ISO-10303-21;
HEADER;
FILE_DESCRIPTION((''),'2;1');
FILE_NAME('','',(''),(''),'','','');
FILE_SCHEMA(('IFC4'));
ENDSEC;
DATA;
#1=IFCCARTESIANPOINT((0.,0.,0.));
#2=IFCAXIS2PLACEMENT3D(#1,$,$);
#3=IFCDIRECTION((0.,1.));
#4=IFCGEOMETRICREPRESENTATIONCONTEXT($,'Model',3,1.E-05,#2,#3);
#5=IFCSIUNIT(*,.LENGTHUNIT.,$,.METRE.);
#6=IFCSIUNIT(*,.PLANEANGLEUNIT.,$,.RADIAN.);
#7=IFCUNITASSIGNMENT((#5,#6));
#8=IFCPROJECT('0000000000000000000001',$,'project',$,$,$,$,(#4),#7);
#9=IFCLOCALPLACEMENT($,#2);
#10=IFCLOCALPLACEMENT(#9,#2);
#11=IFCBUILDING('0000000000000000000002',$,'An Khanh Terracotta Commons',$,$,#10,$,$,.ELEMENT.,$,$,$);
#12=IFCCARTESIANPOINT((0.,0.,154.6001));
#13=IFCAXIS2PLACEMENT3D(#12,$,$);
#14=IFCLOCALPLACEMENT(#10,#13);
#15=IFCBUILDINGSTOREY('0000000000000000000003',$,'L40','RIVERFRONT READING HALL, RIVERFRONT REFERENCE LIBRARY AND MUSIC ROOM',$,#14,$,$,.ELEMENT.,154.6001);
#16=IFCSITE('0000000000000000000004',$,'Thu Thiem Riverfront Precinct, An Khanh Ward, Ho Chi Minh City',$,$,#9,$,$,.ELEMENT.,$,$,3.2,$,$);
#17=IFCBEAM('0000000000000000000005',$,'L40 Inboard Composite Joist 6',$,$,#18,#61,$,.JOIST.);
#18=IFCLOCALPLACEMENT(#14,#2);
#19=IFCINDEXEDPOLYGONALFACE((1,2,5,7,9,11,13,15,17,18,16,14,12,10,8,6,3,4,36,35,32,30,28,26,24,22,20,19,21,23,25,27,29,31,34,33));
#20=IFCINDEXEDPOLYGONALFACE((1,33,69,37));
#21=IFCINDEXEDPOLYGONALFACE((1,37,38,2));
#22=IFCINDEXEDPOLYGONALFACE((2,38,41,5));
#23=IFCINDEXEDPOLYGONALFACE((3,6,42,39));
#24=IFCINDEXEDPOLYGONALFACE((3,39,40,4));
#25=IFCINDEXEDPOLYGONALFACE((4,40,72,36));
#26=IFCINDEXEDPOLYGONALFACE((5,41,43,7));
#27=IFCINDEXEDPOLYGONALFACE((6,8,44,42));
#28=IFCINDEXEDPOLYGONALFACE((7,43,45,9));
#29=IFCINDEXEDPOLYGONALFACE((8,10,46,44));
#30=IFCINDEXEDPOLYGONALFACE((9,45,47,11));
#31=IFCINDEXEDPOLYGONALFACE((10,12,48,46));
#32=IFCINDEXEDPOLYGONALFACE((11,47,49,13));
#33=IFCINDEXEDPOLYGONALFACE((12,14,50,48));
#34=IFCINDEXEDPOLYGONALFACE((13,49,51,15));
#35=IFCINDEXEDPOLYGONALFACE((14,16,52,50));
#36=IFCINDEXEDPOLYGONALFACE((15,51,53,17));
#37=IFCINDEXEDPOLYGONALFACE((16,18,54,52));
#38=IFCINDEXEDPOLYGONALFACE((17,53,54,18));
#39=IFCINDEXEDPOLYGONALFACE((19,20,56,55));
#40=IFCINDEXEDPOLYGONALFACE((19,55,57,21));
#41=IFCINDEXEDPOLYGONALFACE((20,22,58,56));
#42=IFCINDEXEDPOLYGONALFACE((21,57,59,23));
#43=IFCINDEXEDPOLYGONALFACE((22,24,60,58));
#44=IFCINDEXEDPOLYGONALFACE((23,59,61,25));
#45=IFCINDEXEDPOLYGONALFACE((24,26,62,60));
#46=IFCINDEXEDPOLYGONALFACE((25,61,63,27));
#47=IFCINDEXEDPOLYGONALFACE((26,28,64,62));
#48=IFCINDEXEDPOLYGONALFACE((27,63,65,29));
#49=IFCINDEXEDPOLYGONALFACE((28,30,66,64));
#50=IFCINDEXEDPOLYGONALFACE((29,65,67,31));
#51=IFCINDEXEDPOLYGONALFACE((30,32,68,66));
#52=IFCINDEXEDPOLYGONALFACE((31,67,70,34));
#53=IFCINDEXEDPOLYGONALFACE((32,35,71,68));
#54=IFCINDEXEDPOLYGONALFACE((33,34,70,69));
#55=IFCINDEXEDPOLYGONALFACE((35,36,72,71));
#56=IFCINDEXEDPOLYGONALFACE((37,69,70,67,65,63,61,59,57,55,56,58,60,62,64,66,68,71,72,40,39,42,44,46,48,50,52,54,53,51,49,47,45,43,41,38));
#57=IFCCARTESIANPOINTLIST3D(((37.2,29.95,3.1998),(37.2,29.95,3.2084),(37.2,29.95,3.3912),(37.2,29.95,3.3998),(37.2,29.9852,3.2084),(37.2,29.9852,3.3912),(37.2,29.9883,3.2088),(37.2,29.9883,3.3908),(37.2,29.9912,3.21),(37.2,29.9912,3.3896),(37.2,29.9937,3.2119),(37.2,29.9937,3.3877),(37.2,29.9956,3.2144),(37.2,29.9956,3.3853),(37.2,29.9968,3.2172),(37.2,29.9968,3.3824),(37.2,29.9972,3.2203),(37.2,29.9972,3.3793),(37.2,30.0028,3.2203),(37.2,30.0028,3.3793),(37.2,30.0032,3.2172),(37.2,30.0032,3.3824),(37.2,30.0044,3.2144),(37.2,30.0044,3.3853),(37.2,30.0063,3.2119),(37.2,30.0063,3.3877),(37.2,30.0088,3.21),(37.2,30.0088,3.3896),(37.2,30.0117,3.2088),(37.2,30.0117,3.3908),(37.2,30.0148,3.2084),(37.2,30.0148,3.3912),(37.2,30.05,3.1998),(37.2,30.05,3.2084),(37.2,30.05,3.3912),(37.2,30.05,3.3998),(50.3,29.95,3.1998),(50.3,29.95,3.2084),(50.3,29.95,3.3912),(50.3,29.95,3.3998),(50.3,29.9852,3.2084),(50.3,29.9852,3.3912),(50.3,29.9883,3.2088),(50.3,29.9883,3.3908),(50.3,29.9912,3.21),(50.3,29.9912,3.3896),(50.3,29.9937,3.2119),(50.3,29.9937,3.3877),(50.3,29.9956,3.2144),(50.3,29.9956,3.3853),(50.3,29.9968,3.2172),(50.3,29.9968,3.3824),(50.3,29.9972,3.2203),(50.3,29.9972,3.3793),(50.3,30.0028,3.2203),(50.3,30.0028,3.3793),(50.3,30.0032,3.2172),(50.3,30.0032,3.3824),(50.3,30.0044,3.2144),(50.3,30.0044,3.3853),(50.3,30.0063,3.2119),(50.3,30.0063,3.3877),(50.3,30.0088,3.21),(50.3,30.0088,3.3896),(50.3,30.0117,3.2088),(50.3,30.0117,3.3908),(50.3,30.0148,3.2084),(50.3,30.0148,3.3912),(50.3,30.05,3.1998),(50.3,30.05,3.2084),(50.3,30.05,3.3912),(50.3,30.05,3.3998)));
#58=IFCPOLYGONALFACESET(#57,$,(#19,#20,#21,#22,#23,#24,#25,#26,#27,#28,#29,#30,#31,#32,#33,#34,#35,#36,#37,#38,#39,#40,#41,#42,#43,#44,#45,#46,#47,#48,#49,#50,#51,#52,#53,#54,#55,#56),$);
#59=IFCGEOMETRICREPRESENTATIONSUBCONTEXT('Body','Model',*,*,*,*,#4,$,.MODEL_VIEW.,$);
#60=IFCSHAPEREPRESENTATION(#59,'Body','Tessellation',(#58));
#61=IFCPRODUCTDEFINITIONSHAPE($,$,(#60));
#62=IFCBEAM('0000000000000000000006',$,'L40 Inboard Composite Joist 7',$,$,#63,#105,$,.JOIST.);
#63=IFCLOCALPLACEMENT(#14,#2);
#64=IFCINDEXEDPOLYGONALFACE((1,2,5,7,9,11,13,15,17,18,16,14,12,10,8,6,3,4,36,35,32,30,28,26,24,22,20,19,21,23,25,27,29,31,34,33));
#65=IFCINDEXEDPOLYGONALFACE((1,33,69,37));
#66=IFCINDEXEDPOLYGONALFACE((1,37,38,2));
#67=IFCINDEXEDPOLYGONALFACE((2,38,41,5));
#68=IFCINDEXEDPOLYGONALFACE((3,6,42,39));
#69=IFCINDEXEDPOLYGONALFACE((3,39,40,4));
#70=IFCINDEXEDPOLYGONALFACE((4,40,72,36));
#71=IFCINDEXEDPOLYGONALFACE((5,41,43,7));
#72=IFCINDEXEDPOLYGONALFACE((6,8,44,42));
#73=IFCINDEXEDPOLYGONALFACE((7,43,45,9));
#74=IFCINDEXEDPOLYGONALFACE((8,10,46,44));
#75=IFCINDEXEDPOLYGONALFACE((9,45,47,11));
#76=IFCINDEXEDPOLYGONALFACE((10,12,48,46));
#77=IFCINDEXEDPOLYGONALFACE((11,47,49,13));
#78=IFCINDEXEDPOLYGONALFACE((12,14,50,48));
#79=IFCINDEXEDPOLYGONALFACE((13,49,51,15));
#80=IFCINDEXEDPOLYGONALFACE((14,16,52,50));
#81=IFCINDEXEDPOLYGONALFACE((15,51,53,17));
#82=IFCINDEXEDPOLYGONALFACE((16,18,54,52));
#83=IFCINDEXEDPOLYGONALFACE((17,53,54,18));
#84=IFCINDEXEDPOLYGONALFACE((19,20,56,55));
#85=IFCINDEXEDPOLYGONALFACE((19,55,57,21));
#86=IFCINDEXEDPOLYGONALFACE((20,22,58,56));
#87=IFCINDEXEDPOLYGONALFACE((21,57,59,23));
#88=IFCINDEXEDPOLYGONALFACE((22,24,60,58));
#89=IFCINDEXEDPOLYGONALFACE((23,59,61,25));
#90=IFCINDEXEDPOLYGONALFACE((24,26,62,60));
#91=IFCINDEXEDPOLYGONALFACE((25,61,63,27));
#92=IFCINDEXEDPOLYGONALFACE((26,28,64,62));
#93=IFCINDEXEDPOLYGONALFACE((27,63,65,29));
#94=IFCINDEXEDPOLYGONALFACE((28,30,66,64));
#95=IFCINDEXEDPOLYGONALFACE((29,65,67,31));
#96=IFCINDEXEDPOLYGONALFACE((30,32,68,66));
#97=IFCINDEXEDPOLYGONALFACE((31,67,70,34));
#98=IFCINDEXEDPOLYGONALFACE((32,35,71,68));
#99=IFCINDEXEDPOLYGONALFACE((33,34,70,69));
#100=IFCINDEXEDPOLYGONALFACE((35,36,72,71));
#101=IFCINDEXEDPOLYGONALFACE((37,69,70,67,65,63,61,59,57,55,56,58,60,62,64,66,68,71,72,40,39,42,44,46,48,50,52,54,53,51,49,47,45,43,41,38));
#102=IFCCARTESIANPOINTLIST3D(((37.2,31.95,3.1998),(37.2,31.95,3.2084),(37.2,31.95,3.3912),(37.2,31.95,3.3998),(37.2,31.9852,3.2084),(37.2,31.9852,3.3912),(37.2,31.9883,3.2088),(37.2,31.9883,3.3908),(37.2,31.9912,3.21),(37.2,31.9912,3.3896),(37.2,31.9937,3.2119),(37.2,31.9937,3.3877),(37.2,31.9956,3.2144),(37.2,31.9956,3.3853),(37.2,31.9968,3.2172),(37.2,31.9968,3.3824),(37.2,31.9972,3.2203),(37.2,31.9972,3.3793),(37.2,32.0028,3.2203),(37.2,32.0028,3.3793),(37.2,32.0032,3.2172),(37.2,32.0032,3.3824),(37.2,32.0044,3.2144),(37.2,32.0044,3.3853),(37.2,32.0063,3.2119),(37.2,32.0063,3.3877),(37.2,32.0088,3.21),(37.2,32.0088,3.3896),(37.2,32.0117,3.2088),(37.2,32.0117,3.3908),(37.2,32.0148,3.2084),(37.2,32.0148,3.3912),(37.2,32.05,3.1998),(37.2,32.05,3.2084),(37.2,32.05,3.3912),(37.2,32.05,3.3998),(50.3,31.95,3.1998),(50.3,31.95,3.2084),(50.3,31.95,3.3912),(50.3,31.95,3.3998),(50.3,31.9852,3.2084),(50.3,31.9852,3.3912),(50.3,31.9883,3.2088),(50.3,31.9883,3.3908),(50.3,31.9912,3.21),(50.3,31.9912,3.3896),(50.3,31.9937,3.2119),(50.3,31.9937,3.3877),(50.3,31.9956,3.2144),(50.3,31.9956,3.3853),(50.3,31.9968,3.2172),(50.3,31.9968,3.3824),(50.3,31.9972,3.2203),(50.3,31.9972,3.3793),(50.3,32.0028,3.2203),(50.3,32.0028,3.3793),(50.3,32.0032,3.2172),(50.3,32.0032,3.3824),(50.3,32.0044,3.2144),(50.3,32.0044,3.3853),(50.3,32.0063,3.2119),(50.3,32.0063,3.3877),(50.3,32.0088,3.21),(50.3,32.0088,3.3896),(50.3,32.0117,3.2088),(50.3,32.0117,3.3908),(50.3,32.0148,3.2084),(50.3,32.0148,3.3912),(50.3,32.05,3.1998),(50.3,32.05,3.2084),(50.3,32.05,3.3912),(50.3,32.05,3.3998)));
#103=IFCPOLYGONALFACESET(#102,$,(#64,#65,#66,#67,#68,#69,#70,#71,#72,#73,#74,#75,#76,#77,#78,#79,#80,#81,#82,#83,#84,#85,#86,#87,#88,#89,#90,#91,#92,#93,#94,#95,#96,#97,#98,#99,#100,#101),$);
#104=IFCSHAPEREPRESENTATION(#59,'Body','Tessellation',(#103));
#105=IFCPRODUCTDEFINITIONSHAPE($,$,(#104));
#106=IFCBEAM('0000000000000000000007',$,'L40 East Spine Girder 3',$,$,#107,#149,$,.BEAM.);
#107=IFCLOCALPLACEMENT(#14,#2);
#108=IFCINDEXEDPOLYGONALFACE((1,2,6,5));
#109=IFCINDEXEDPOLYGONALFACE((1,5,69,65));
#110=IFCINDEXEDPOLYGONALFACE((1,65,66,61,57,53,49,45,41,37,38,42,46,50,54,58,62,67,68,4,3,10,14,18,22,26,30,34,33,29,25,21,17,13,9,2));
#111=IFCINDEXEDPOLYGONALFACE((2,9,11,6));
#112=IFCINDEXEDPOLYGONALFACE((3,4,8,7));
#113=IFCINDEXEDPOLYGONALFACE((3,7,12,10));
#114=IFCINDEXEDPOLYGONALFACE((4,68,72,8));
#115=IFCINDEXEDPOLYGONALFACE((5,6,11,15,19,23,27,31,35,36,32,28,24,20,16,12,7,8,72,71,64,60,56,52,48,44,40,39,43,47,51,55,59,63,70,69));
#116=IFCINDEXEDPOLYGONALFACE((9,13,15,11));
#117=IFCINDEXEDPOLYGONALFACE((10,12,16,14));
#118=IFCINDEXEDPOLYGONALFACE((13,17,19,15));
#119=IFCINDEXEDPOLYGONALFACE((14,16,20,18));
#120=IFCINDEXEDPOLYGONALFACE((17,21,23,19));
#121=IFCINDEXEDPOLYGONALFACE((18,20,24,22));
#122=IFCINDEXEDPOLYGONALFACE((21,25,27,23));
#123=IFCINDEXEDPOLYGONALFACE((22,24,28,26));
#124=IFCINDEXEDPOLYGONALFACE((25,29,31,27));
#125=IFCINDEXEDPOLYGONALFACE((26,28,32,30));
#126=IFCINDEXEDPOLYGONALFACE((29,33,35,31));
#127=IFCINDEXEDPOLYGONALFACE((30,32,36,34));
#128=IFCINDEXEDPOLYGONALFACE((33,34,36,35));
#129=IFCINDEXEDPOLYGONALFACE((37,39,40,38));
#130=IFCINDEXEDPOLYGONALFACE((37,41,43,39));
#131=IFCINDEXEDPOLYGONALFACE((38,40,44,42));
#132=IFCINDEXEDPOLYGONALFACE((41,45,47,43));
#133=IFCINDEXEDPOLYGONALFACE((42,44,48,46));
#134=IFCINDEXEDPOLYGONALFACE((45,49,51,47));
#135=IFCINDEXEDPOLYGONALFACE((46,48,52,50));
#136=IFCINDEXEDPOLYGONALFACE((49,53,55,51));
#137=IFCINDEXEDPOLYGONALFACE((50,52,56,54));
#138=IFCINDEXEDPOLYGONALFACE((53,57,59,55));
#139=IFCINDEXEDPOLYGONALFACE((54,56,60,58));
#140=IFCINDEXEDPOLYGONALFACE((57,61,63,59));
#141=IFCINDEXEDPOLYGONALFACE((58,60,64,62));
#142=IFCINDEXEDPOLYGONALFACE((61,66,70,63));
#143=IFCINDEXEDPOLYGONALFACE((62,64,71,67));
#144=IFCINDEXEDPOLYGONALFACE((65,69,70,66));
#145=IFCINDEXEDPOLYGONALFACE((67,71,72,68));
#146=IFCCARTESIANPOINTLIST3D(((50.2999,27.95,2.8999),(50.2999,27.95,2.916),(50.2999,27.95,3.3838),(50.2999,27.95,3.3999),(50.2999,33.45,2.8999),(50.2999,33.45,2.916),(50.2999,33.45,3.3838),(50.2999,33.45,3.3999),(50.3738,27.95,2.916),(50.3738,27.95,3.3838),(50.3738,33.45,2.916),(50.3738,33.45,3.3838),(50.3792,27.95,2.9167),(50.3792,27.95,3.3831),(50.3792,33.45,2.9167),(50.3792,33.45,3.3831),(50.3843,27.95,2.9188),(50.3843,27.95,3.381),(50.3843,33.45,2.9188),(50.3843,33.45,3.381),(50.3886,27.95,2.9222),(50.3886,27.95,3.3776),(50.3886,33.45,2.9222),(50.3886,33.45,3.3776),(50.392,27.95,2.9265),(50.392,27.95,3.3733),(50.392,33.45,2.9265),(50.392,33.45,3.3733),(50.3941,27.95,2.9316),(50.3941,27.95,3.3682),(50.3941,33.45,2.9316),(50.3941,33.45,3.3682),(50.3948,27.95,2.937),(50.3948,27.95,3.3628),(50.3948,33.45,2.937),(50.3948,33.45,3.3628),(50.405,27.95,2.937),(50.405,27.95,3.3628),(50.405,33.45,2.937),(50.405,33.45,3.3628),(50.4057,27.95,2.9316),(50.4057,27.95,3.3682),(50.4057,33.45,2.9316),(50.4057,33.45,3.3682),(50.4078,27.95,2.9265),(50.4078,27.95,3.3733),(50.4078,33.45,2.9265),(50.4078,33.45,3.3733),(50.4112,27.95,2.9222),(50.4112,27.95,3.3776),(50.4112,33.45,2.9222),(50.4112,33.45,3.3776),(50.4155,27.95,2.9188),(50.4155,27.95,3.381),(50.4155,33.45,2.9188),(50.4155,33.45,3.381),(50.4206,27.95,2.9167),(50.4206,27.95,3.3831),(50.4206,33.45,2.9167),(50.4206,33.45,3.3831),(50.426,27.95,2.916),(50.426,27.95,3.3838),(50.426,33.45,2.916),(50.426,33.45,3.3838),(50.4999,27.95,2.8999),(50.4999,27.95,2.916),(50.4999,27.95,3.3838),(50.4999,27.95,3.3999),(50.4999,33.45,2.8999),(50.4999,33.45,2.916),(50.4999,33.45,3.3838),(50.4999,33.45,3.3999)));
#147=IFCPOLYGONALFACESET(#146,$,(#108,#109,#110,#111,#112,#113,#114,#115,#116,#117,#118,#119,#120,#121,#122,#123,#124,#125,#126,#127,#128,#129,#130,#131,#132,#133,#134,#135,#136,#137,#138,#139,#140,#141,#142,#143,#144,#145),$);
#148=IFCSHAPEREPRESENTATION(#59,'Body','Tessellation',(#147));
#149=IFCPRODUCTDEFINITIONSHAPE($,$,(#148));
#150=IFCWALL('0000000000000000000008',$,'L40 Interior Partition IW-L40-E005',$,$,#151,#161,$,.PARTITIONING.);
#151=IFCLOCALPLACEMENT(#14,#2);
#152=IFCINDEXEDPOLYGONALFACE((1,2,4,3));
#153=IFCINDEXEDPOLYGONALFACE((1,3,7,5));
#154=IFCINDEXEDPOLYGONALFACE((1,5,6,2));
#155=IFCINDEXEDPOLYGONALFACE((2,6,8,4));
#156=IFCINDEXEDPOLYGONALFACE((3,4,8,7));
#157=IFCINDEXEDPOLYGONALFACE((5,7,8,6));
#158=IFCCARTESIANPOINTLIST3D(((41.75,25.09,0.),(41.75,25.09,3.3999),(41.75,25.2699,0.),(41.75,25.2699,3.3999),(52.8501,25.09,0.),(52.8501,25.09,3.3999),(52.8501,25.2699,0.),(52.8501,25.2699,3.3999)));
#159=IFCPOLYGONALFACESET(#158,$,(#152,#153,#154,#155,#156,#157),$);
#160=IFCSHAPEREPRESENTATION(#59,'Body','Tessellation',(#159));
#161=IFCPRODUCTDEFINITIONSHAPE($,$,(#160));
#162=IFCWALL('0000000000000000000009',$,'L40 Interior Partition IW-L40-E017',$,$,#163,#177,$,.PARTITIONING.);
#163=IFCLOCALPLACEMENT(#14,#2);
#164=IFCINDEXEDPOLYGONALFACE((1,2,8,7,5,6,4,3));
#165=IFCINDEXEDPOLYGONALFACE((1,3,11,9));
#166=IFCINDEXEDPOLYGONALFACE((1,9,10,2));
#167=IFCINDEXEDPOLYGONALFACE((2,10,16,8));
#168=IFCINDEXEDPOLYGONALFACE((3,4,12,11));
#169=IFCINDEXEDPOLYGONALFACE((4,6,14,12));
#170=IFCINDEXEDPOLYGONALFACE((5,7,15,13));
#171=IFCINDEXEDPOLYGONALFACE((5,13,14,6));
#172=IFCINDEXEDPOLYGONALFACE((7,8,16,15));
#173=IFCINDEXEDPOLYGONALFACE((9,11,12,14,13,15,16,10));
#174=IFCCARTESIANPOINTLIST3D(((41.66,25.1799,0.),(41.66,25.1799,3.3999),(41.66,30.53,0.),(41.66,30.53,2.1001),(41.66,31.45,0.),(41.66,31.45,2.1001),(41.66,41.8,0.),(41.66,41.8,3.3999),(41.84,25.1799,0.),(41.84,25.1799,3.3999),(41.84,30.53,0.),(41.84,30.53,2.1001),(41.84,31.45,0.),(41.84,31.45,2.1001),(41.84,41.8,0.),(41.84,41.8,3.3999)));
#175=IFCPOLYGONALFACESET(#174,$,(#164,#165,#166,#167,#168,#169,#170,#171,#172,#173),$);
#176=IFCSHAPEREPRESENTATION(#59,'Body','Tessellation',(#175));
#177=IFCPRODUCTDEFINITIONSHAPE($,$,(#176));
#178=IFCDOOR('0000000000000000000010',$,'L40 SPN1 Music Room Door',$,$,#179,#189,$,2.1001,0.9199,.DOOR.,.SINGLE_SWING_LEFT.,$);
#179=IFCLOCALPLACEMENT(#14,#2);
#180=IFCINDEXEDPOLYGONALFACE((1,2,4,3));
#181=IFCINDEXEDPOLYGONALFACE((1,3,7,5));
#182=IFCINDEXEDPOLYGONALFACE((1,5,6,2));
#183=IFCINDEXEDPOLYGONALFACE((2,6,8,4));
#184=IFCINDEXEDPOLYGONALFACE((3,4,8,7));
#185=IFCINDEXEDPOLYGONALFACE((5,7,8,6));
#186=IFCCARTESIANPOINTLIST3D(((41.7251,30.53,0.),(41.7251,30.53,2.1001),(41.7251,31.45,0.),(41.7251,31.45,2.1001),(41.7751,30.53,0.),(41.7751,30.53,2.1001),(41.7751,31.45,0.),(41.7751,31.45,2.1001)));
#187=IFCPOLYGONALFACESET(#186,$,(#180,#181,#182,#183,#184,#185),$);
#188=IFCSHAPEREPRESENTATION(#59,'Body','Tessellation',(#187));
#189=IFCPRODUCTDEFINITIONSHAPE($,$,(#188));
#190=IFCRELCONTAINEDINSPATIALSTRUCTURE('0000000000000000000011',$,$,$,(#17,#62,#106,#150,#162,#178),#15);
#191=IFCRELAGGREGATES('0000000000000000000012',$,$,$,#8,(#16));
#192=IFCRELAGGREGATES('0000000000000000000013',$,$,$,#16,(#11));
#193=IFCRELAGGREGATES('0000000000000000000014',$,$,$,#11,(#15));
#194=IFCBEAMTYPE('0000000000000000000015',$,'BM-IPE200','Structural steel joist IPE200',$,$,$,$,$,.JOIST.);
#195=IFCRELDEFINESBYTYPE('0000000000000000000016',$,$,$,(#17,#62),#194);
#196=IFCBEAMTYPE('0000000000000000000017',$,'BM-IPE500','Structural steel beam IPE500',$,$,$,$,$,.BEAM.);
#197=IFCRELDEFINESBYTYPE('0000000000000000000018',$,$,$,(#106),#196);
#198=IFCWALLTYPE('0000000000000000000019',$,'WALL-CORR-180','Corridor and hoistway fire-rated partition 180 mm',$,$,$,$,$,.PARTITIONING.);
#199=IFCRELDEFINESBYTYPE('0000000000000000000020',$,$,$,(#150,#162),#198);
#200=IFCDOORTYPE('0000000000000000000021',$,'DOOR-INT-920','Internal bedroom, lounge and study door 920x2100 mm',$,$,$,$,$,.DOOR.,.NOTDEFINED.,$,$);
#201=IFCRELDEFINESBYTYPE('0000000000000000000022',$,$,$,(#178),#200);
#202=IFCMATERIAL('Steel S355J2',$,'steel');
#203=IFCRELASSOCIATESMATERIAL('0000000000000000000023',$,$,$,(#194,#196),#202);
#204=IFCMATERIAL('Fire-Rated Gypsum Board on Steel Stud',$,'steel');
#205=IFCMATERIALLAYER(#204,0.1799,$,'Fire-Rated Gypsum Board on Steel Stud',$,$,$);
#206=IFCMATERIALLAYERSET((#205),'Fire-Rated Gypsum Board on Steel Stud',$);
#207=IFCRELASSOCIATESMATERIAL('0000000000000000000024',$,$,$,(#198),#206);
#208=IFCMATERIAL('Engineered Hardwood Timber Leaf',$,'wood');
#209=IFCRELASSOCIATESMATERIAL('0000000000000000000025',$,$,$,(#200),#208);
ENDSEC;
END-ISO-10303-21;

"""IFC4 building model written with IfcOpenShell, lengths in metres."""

from ifc_helpers import new_model, si_unit, direction, frame, frame_2d, origin, origin_2d, place, context, subcontext, project, spatial, rectangle, i_section, extrude, material, layer, layer_set, material_profile, profile_set, type_object, element, fill, save


model = new_model("IFC4")

# Units and contexts
model_context = context("Model", 3, precision=1e-05, world=origin(), true_north=direction((0.0, 1.0)))
body_context = subcontext(model_context, "Body", "Model", "MODEL_VIEW")
ifc_project = project(units=[si_unit("LENGTHUNIT", "METRE"), si_unit("PLANEANGLEUNIT", "RADIAN")], contexts=[model_context])

# Site, building, storey
site_placement = place(None, origin())
site = spatial("IfcSite", under=ifc_project, at=site_placement, Name="Thu Thiem Riverfront Precinct, An Khanh Ward, Ho Chi Minh City", CompositionType="ELEMENT", RefElevation=3.2)
building_placement = place(site_placement, origin())
building = spatial("IfcBuilding", under=site, at=building_placement, Name="An Khanh Terracotta Commons", CompositionType="ELEMENT")
storey_placement = place(building_placement, frame((0.0, 0.0, 154.6001)))
storey = spatial("IfcBuildingStorey", under=building, at=storey_placement, Name="L40", Description="RIVERFRONT READING HALL, RIVERFRONT REFERENCE LIBRARY AND MUSIC ROOM", CompositionType="ELEMENT", Elevation=154.6001)

# Beams
ifc_material_1 = material(Name="Steel S355J2", Category="steel")
ifc_material_profile_1 = material_profile(ifc_material_1, i_section(OverallWidth=0.1001, OverallDepth=0.2, WebThickness=0.0056, FlangeThickness=0.0085, FilletRadius=0.012, at=origin_2d()), Name="IPE200")
ifc_profile_set_1 = profile_set([ifc_material_profile_1], Name="Steel S355J2")
beam_type_1 = type_object("IfcBeamType", Name="BM-IPE200", Description="Structural steel joist IPE200", PredefinedType="JOIST", material=ifc_profile_set_1)
for number, where, z_axis, x_axis, name in (
    (1, (37.2, 30.0, 3.2998), (1.0, 0.0, 0.0), (0.0, 1.0, 0.0), "L40 Inboard Composite Joist 6"),
    (2, (37.2, 32.0, 3.2998), (1.0, 0.0, 0.0), (0.0, 1.0, 0.0), "L40 Inboard Composite Joist 7"),
):
    element("IfcBeam", number, at=place(storey_placement, frame(where, z_axis=z_axis, x_axis=x_axis)), inside=storey, type_object=beam_type_1, Name=name, PredefinedType="JOIST", context=body_context, shape_type="SweptSolid", body=[
        extrude(i_section(OverallWidth=0.1001, OverallDepth=0.2, WebThickness=0.0056, FlangeThickness=0.0085, FilletRadius=0.012, at=origin_2d()), origin(), (0.0, 0.0, 1.0), 13.1001),
    ])
ifc_material_profile_2 = material_profile(ifc_material_1, i_section(OverallWidth=0.2, OverallDepth=0.5, WebThickness=0.0103, FlangeThickness=0.0161, FilletRadius=0.021, at=origin_2d()), Name="IPE500")
ifc_profile_set_2 = profile_set([ifc_material_profile_2], Name="Steel S355J2")
beam_type_2 = type_object("IfcBeamType", Name="BM-IPE500", Description="Structural steel beam IPE500", PredefinedType="BEAM", material=ifc_profile_set_2)
beam_1_placement = place(storey_placement, frame((50.3999, 27.95, 3.1499), z_axis=(0.0, 1.0, 0.0), x_axis=(-1.0, 0.0, 0.0)))
element("IfcBeam", 3, at=beam_1_placement, inside=storey, type_object=beam_type_2, Name="L40 East Spine Girder 3", PredefinedType="BEAM", context=body_context, shape_type="SweptSolid", body=[
    extrude(i_section(OverallWidth=0.2, OverallDepth=0.5, WebThickness=0.0103, FlangeThickness=0.0161, FilletRadius=0.021, at=origin_2d()), origin(), (0.0, 0.0, 1.0), 5.5),
])

# Wall
ifc_material_2 = material(Name="Fire-Rated Gypsum Board on Steel Stud", Category="steel")
ifc_layer_1 = layer(ifc_material_2, 0.1799, Name="Fire-Rated Gypsum Board on Steel Stud")
ifc_layer_set_1 = layer_set([ifc_layer_1], Name="Fire-Rated Gypsum Board on Steel Stud")
wall_type_1 = type_object("IfcWallType", Name="WALL-CORR-180", Description="Corridor and hoistway fire-rated partition 180 mm", PredefinedType="PARTITIONING", material=ifc_layer_set_1)
wall_1_placement = place(storey_placement, frame((41.75, 25.1799, 0.0), z_axis=(0.0, 0.0, 1.0), x_axis=(1.0, 0.0, 0.0)))
element("IfcWall", 4, at=wall_1_placement, inside=storey, type_object=wall_type_1, Name="L40 Interior Partition IW-L40-E005", PredefinedType="PARTITIONING", context=body_context, shape_type="SweptSolid", body=[
    extrude(rectangle(XDim=11.1001, YDim=0.1799, at=frame_2d((5.55, 0.0))), origin(), (0.0, 0.0, 1.0), 3.3999),
])

# Wall, opening, door
wall_2_placement = place(storey_placement, frame((41.75, 25.1799, 0.0), z_axis=(0.0, 0.0, 1.0), x_axis=(0.0, 1.0, 0.0)))
wall_2 = element("IfcWall", 5, at=wall_2_placement, inside=storey, type_object=wall_type_1, Name="L40 Interior Partition IW-L40-E017", PredefinedType="PARTITIONING", context=body_context, shape_type="SweptSolid", body=[
    extrude(rectangle(XDim=16.6201, YDim=0.1799, at=frame_2d((8.3101, 0.0))), origin(), (0.0, 0.0, 1.0), 3.3999),
])
opening_1_placement = place(wall_2_placement, frame((5.3501, 0.0, 0.0)))
opening_1 = element("IfcOpeningElement", 6, at=opening_1_placement, cuts=wall_2, PredefinedType="OPENING", context=body_context, shape_type="SweptSolid", body=[
    extrude(rectangle(XDim=0.9199, YDim=2.1001, at=frame_2d((0.46, 1.05))), frame((0.0, 0.0999, 0.0), z_axis=(0.0, -1.0, 0.0), x_axis=(1.0, 0.0, 0.0)), (0.0, 0.0, 1.0), 0.2),
])
ifc_material_3 = material(Name="Engineered Hardwood Timber Leaf", Category="wood")
door_type_1 = type_object("IfcDoorType", Name="DOOR-INT-920", Description="Internal bedroom, lounge and study door 920x2100 mm", OperationType="NOTDEFINED", PredefinedType="DOOR", material=ifc_material_3)
door_1_placement = place(opening_1_placement, origin())
door_1 = element("IfcDoor", 7, at=door_1_placement, inside=storey, type_object=door_type_1, Name="L40 SPN1 Music Room Door", OperationType="SINGLE_SWING_LEFT", OverallHeight=2.1001, OverallWidth=0.9199, PredefinedType="DOOR", context=body_context, shape_type="SweptSolid", body=[
    extrude(rectangle(XDim=0.9199, YDim=2.1001, at=frame_2d((0.46, 1.05))), frame((0.0, 0.0249, 0.0), z_axis=(0.0, -1.0, 0.0), x_axis=(1.0, 0.0, 0.0)), (0.0, 0.0, 1.0), 0.05),
])
fill(opening_1, door_1)

save(model, "model.ifc")
